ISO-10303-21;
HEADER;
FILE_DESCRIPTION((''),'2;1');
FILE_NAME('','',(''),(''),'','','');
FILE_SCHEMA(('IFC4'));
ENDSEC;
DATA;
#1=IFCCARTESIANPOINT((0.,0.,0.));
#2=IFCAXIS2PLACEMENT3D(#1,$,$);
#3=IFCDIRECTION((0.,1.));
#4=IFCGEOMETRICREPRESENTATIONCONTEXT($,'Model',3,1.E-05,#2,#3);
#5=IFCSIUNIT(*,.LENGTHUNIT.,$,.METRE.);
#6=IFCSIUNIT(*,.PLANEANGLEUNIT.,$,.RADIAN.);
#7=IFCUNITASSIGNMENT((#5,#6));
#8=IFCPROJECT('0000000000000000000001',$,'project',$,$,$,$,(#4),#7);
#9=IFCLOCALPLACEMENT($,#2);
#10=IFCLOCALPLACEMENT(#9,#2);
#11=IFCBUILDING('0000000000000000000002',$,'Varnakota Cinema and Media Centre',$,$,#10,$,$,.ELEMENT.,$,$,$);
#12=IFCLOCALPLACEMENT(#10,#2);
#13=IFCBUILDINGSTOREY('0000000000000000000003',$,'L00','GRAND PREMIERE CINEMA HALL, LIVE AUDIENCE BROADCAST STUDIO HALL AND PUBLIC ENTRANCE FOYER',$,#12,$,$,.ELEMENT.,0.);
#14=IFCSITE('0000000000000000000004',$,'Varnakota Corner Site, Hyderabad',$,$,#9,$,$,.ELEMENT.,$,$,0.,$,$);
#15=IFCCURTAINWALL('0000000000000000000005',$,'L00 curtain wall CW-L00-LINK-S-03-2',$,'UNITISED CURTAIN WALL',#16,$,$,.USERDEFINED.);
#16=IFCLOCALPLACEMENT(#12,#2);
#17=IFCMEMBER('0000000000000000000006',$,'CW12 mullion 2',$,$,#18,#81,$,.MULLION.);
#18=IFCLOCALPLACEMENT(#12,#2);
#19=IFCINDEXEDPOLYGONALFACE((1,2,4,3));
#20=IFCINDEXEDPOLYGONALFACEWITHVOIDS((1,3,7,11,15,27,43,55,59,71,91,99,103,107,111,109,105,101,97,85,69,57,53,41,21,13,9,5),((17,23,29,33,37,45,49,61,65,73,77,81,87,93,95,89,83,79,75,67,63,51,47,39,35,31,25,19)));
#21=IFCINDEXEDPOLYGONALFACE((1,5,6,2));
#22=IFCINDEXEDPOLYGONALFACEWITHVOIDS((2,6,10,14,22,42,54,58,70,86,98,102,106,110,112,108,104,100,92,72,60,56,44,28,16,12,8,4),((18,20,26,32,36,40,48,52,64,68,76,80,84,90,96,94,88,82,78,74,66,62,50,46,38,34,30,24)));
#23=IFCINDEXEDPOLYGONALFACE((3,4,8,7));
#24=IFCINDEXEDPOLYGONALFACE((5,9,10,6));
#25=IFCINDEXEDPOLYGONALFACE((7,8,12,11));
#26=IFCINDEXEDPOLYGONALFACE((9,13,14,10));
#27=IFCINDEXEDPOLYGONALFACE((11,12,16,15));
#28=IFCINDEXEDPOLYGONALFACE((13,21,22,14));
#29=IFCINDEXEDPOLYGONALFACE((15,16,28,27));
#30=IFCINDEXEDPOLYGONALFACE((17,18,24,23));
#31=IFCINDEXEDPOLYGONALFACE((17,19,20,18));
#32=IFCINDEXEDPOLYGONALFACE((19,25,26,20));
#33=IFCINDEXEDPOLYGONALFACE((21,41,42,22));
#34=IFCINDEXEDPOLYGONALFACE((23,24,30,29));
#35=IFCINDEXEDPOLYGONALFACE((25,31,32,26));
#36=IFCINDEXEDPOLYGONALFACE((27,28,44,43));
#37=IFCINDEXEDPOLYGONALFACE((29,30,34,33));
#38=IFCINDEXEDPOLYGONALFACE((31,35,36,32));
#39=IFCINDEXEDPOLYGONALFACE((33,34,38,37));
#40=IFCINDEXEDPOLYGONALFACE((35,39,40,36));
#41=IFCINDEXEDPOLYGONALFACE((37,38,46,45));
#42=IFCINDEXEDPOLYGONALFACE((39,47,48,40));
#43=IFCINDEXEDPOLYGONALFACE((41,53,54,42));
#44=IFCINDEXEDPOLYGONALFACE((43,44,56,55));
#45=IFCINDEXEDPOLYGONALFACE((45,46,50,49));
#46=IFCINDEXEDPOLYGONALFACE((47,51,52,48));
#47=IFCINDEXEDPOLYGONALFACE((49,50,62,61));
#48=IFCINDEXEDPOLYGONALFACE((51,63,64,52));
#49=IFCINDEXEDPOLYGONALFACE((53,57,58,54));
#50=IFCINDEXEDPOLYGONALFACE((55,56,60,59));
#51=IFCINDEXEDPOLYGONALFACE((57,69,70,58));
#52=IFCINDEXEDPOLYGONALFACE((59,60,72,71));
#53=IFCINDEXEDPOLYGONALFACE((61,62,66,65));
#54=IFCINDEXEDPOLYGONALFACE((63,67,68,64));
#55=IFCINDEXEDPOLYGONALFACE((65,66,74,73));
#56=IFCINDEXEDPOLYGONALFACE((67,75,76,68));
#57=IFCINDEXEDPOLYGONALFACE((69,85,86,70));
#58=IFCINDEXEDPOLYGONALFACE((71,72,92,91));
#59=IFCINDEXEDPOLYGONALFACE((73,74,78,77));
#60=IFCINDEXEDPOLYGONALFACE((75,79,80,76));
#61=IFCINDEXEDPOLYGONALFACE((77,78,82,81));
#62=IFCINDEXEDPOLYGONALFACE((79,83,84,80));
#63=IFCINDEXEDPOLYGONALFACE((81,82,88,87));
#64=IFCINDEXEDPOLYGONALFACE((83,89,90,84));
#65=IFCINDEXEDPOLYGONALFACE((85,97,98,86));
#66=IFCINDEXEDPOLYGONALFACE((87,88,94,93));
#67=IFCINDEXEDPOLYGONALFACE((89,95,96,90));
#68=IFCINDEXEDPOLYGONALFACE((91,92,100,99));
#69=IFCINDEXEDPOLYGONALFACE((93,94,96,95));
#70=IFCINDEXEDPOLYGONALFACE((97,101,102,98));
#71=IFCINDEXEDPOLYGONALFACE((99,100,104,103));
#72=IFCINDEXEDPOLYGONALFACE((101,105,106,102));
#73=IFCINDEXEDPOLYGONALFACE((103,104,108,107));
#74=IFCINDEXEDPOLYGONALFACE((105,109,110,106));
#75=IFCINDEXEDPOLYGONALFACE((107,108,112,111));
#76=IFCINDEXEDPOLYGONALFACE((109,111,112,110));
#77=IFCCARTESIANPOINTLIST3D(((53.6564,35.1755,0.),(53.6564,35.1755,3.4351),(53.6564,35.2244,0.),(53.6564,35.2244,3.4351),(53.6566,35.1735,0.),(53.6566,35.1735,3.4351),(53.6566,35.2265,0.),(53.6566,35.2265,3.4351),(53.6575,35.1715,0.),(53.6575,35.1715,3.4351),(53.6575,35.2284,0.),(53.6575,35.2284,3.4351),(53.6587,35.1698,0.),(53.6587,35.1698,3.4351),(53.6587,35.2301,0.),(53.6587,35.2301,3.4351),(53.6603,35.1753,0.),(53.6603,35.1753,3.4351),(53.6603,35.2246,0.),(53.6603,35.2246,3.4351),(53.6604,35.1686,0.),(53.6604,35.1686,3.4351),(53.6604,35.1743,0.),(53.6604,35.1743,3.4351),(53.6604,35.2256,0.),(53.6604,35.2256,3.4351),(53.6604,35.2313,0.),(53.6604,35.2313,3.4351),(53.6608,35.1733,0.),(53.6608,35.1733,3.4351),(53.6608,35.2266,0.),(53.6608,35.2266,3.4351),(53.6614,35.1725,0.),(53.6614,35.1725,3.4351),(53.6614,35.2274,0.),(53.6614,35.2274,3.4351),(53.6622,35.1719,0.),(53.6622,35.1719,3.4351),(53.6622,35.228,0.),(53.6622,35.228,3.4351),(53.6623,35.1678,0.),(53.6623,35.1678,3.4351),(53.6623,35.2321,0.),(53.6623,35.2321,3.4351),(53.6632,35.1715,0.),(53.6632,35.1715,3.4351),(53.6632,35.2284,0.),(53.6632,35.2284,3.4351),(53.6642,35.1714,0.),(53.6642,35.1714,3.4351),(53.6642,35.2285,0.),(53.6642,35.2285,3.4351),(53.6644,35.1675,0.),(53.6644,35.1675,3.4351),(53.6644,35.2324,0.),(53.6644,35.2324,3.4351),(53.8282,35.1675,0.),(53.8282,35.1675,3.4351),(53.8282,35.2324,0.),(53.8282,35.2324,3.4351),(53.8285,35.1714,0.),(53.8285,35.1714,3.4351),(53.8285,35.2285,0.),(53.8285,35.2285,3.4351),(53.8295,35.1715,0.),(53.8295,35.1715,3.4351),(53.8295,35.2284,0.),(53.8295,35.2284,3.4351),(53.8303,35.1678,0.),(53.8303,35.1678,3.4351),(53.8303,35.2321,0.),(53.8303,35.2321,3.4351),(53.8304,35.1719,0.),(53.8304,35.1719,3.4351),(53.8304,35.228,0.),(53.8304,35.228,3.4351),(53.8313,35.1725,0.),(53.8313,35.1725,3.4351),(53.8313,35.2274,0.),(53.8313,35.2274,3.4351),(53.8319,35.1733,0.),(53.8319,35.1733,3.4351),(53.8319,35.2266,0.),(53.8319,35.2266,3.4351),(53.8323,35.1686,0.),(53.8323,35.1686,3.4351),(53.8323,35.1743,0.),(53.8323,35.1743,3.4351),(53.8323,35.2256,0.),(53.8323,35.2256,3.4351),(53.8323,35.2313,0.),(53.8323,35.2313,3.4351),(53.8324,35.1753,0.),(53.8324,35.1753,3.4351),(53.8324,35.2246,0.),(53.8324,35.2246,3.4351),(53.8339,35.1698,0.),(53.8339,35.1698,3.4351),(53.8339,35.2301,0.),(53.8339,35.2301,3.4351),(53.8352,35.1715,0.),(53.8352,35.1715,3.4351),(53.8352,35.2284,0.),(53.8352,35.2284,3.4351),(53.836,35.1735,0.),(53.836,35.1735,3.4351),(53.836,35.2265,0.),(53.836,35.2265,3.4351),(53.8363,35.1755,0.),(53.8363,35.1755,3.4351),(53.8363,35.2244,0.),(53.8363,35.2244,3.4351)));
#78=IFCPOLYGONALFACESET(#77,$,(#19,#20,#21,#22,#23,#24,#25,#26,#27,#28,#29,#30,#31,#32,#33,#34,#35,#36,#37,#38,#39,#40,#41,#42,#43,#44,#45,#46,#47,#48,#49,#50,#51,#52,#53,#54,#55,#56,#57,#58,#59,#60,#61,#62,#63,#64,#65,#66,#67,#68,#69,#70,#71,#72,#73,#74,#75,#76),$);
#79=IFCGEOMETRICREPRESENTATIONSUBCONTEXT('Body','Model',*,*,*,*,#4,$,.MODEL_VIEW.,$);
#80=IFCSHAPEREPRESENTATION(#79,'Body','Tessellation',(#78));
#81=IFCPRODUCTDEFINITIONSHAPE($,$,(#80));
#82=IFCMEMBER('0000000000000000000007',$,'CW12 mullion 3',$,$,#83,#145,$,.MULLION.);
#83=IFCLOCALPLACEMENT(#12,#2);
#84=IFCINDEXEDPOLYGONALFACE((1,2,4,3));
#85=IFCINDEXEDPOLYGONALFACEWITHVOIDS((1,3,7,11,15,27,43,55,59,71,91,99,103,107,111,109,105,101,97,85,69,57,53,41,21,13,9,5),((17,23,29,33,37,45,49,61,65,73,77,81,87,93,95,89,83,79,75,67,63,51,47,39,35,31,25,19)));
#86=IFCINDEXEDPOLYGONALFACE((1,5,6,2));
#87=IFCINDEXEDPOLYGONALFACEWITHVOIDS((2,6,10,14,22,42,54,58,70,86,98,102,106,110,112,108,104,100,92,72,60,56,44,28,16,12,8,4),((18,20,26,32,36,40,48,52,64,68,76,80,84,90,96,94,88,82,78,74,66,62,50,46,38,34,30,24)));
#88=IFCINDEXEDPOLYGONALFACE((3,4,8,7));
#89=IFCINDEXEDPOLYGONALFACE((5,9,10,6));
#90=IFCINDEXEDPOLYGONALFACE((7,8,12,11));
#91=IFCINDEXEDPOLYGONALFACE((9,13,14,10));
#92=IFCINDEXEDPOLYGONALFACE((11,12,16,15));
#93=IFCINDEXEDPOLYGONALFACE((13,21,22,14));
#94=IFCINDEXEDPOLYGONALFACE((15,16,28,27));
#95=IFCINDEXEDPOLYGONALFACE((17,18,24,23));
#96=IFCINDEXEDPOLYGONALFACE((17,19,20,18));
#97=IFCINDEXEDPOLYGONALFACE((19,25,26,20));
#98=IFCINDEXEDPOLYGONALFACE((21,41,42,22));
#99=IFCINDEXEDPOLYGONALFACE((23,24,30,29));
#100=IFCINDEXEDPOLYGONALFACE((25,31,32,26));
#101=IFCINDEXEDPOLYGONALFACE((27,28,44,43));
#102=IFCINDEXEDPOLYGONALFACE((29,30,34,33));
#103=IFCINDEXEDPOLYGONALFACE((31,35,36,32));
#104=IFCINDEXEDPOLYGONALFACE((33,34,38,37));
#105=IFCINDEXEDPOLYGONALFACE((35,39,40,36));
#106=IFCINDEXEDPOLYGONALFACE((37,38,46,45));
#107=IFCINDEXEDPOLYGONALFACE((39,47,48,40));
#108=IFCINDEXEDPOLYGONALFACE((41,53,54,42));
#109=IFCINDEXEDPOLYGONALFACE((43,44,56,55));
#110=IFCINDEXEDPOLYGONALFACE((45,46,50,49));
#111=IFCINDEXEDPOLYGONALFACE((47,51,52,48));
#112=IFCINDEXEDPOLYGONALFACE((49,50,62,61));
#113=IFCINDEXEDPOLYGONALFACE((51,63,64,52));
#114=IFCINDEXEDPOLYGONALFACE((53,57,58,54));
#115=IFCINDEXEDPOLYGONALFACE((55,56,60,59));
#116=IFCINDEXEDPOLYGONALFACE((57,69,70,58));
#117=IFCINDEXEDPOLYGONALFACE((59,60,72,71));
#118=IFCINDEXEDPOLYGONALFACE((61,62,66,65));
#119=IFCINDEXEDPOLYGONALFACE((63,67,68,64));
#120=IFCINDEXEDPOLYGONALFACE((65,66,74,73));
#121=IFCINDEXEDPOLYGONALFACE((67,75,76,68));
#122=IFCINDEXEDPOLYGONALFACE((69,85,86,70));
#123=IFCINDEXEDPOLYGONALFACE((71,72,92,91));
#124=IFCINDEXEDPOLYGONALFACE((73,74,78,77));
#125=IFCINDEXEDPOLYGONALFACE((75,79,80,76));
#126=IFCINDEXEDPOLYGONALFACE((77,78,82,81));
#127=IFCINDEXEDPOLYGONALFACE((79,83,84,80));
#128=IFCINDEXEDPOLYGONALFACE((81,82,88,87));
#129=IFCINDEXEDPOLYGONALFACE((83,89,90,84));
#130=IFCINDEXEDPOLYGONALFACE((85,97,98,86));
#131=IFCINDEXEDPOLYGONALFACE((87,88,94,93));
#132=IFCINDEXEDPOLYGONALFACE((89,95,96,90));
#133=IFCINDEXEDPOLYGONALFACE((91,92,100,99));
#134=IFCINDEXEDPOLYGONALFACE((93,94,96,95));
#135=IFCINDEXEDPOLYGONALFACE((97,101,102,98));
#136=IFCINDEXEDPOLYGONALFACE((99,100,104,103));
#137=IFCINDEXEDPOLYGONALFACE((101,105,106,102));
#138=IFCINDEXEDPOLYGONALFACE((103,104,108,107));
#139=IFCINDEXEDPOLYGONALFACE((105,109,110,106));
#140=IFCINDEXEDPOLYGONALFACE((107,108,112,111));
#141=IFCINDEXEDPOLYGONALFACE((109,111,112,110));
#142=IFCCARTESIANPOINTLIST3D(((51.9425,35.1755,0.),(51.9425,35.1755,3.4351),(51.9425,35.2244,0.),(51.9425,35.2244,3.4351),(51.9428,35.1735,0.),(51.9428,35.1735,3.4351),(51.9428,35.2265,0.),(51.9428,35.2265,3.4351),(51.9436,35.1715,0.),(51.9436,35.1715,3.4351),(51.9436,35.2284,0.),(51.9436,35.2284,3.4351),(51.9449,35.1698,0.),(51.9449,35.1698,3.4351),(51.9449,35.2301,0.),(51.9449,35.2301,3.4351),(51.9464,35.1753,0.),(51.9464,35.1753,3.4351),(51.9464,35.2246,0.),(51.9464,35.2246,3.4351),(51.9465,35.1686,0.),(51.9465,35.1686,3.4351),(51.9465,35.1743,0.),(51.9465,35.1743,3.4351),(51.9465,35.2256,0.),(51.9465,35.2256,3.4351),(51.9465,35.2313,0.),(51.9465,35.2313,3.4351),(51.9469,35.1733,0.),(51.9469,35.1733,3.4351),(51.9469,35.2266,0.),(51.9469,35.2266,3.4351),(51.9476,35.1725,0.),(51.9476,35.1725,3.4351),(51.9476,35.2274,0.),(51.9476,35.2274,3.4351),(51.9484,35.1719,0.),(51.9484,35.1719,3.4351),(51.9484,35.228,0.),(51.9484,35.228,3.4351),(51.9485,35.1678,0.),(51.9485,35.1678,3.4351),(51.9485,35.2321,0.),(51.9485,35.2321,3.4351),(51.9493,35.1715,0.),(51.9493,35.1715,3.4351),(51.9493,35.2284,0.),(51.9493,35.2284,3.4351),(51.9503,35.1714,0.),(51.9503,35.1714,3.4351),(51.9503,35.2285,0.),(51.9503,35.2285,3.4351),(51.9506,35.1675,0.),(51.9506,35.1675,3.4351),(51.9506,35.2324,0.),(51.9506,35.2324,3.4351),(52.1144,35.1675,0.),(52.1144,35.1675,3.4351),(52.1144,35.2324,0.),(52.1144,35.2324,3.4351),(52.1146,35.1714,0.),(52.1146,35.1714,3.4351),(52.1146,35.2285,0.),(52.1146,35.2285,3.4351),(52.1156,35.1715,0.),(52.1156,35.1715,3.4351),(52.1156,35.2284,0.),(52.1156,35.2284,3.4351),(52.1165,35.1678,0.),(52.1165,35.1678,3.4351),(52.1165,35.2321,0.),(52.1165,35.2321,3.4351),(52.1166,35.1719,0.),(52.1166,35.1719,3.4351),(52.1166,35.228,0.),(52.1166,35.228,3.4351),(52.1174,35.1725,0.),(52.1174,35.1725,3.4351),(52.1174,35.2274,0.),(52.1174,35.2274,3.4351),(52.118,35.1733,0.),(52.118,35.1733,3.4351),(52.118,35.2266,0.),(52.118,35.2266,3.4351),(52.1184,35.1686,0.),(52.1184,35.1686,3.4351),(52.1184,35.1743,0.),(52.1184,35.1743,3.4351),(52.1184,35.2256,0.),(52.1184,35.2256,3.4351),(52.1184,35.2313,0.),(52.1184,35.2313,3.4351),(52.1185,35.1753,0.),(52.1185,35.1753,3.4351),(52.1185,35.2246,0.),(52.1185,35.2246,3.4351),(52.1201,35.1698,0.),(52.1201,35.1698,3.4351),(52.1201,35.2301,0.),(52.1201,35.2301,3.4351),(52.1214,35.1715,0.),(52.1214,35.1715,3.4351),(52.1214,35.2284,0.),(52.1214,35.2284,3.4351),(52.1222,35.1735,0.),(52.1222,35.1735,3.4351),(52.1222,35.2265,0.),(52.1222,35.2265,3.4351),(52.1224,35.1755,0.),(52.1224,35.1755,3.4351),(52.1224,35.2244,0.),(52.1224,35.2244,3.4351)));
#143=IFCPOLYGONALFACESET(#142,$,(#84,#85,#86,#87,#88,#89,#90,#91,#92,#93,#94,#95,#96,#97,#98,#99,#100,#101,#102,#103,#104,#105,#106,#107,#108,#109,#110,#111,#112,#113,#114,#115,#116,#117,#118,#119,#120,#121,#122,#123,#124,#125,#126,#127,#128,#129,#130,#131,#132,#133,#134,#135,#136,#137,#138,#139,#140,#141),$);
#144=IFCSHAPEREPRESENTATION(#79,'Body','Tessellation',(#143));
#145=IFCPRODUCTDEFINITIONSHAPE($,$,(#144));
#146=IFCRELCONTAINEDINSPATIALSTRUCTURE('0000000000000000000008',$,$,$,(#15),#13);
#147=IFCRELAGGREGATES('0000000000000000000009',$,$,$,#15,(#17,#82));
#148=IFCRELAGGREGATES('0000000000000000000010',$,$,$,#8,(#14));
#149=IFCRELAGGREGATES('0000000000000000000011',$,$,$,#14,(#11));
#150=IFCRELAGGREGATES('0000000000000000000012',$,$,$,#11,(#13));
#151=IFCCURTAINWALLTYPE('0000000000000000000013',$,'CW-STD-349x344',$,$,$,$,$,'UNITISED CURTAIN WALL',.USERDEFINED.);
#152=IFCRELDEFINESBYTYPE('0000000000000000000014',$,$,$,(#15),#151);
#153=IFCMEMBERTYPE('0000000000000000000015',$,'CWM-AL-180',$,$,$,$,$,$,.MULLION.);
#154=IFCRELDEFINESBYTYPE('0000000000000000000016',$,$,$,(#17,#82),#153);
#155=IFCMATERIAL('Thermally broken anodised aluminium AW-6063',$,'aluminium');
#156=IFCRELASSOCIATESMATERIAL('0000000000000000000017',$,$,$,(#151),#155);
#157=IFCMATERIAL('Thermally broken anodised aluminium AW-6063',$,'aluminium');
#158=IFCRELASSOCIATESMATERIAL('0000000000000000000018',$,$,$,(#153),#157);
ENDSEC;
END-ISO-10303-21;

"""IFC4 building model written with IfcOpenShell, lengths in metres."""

from ifc_helpers import new_model, si_unit, direction, frame, origin, origin_2d, place, context, subcontext, project, spatial, hollow_rectangle, extrude, material, material_profile, profile_set, type_object, element, aggregate, save


model = new_model("IFC4")

# Units and contexts
model_context = context("Model", 3, precision=1e-05, world=origin(), true_north=direction((0.0, 1.0)))
body_context = subcontext(model_context, "Body", "Model", "MODEL_VIEW")
ifc_project = project(units=[si_unit("LENGTHUNIT", "METRE"), si_unit("PLANEANGLEUNIT", "RADIAN")], contexts=[model_context])

# Site, building, storey
site_placement = place(None, origin())
site = spatial("IfcSite", under=ifc_project, at=site_placement, Name="Varnakota Corner Site, Hyderabad", CompositionType="ELEMENT", RefElevation=0.0)
building_placement = place(site_placement, origin())
building = spatial("IfcBuilding", under=site, at=building_placement, Name="Varnakota Cinema and Media Centre", CompositionType="ELEMENT")
storey_placement = place(building_placement, origin())
storey = spatial("IfcBuildingStorey", under=building, at=storey_placement, Name="L00", Description="GRAND PREMIERE CINEMA HALL, LIVE AUDIENCE BROADCAST STUDIO HALL AND PUBLIC ENTRANCE FOYER", CompositionType="ELEMENT", Elevation=0.0)

# Curtain wall, members
ifc_material_1 = material(Name="Thermally broken anodised aluminium AW-6063", Category="aluminium")
curtain_wall_type = type_object("IfcCurtainWallType", Name="CW-STD-349x344", ElementType="UNITISED CURTAIN WALL", PredefinedType="USERDEFINED", material=ifc_material_1)
ifc_material_2 = material(Name="Thermally broken anodised aluminium AW-6063", Category="aluminium")
ifc_material_profile_1 = material_profile(ifc_material_2, hollow_rectangle(XDim=0.0649, YDim=0.1799, WallThickness=0.0039, InnerFilletRadius=0.0039, OuterFilletRadius=0.0081, at=origin_2d()), Name="AL-MULLION 180x65x4")
ifc_profile_set_1 = profile_set([ifc_material_profile_1], Name="Thermally broken anodised aluminium AW-6063")
member_type_1 = type_object("IfcMemberType", Name="CWM-AL-180", PredefinedType="MULLION", material=ifc_profile_set_1)
curtain_wall_1_placement = place(storey_placement, origin())
curtain_wall_1 = element("IfcCurtainWall", 1, at=curtain_wall_1_placement, inside=storey, type_object=curtain_wall_type, Name="L00 curtain wall CW-L00-LINK-S-03-2", ObjectType="UNITISED CURTAIN WALL", PredefinedType="USERDEFINED")
member_1_placement = place(storey_placement, frame((53.7463, 35.2, 0.0), z_axis=(0.0, 0.0, 1.0), x_axis=(0.0, -1.0, 0.0)))
member_1 = element("IfcMember", 2, at=member_1_placement, type_object=member_type_1, Name="CW12 mullion 2", PredefinedType="MULLION", context=body_context, shape_type="SweptSolid", body=[
    extrude(hollow_rectangle(XDim=0.0649, YDim=0.1799, WallThickness=0.0039, InnerFilletRadius=0.0039, OuterFilletRadius=0.0081, at=origin_2d()), origin(), (0.0, 0.0, 1.0), 3.4351),
])
member_2_placement = place(storey_placement, frame((52.0325, 35.2, 0.0), z_axis=(0.0, 0.0, 1.0), x_axis=(0.0, -1.0, 0.0)))
member_2 = element("IfcMember", 3, at=member_2_placement, type_object=member_type_1, Name="CW12 mullion 3", PredefinedType="MULLION", context=body_context, shape_type="SweptSolid", body=[
    extrude(hollow_rectangle(XDim=0.0649, YDim=0.1799, WallThickness=0.0039, InnerFilletRadius=0.0039, OuterFilletRadius=0.0081, at=origin_2d()), origin(), (0.0, 0.0, 1.0), 3.4351),
])

aggregate(curtain_wall_1, [member_1, member_2])

save(model, "model.ifc")
